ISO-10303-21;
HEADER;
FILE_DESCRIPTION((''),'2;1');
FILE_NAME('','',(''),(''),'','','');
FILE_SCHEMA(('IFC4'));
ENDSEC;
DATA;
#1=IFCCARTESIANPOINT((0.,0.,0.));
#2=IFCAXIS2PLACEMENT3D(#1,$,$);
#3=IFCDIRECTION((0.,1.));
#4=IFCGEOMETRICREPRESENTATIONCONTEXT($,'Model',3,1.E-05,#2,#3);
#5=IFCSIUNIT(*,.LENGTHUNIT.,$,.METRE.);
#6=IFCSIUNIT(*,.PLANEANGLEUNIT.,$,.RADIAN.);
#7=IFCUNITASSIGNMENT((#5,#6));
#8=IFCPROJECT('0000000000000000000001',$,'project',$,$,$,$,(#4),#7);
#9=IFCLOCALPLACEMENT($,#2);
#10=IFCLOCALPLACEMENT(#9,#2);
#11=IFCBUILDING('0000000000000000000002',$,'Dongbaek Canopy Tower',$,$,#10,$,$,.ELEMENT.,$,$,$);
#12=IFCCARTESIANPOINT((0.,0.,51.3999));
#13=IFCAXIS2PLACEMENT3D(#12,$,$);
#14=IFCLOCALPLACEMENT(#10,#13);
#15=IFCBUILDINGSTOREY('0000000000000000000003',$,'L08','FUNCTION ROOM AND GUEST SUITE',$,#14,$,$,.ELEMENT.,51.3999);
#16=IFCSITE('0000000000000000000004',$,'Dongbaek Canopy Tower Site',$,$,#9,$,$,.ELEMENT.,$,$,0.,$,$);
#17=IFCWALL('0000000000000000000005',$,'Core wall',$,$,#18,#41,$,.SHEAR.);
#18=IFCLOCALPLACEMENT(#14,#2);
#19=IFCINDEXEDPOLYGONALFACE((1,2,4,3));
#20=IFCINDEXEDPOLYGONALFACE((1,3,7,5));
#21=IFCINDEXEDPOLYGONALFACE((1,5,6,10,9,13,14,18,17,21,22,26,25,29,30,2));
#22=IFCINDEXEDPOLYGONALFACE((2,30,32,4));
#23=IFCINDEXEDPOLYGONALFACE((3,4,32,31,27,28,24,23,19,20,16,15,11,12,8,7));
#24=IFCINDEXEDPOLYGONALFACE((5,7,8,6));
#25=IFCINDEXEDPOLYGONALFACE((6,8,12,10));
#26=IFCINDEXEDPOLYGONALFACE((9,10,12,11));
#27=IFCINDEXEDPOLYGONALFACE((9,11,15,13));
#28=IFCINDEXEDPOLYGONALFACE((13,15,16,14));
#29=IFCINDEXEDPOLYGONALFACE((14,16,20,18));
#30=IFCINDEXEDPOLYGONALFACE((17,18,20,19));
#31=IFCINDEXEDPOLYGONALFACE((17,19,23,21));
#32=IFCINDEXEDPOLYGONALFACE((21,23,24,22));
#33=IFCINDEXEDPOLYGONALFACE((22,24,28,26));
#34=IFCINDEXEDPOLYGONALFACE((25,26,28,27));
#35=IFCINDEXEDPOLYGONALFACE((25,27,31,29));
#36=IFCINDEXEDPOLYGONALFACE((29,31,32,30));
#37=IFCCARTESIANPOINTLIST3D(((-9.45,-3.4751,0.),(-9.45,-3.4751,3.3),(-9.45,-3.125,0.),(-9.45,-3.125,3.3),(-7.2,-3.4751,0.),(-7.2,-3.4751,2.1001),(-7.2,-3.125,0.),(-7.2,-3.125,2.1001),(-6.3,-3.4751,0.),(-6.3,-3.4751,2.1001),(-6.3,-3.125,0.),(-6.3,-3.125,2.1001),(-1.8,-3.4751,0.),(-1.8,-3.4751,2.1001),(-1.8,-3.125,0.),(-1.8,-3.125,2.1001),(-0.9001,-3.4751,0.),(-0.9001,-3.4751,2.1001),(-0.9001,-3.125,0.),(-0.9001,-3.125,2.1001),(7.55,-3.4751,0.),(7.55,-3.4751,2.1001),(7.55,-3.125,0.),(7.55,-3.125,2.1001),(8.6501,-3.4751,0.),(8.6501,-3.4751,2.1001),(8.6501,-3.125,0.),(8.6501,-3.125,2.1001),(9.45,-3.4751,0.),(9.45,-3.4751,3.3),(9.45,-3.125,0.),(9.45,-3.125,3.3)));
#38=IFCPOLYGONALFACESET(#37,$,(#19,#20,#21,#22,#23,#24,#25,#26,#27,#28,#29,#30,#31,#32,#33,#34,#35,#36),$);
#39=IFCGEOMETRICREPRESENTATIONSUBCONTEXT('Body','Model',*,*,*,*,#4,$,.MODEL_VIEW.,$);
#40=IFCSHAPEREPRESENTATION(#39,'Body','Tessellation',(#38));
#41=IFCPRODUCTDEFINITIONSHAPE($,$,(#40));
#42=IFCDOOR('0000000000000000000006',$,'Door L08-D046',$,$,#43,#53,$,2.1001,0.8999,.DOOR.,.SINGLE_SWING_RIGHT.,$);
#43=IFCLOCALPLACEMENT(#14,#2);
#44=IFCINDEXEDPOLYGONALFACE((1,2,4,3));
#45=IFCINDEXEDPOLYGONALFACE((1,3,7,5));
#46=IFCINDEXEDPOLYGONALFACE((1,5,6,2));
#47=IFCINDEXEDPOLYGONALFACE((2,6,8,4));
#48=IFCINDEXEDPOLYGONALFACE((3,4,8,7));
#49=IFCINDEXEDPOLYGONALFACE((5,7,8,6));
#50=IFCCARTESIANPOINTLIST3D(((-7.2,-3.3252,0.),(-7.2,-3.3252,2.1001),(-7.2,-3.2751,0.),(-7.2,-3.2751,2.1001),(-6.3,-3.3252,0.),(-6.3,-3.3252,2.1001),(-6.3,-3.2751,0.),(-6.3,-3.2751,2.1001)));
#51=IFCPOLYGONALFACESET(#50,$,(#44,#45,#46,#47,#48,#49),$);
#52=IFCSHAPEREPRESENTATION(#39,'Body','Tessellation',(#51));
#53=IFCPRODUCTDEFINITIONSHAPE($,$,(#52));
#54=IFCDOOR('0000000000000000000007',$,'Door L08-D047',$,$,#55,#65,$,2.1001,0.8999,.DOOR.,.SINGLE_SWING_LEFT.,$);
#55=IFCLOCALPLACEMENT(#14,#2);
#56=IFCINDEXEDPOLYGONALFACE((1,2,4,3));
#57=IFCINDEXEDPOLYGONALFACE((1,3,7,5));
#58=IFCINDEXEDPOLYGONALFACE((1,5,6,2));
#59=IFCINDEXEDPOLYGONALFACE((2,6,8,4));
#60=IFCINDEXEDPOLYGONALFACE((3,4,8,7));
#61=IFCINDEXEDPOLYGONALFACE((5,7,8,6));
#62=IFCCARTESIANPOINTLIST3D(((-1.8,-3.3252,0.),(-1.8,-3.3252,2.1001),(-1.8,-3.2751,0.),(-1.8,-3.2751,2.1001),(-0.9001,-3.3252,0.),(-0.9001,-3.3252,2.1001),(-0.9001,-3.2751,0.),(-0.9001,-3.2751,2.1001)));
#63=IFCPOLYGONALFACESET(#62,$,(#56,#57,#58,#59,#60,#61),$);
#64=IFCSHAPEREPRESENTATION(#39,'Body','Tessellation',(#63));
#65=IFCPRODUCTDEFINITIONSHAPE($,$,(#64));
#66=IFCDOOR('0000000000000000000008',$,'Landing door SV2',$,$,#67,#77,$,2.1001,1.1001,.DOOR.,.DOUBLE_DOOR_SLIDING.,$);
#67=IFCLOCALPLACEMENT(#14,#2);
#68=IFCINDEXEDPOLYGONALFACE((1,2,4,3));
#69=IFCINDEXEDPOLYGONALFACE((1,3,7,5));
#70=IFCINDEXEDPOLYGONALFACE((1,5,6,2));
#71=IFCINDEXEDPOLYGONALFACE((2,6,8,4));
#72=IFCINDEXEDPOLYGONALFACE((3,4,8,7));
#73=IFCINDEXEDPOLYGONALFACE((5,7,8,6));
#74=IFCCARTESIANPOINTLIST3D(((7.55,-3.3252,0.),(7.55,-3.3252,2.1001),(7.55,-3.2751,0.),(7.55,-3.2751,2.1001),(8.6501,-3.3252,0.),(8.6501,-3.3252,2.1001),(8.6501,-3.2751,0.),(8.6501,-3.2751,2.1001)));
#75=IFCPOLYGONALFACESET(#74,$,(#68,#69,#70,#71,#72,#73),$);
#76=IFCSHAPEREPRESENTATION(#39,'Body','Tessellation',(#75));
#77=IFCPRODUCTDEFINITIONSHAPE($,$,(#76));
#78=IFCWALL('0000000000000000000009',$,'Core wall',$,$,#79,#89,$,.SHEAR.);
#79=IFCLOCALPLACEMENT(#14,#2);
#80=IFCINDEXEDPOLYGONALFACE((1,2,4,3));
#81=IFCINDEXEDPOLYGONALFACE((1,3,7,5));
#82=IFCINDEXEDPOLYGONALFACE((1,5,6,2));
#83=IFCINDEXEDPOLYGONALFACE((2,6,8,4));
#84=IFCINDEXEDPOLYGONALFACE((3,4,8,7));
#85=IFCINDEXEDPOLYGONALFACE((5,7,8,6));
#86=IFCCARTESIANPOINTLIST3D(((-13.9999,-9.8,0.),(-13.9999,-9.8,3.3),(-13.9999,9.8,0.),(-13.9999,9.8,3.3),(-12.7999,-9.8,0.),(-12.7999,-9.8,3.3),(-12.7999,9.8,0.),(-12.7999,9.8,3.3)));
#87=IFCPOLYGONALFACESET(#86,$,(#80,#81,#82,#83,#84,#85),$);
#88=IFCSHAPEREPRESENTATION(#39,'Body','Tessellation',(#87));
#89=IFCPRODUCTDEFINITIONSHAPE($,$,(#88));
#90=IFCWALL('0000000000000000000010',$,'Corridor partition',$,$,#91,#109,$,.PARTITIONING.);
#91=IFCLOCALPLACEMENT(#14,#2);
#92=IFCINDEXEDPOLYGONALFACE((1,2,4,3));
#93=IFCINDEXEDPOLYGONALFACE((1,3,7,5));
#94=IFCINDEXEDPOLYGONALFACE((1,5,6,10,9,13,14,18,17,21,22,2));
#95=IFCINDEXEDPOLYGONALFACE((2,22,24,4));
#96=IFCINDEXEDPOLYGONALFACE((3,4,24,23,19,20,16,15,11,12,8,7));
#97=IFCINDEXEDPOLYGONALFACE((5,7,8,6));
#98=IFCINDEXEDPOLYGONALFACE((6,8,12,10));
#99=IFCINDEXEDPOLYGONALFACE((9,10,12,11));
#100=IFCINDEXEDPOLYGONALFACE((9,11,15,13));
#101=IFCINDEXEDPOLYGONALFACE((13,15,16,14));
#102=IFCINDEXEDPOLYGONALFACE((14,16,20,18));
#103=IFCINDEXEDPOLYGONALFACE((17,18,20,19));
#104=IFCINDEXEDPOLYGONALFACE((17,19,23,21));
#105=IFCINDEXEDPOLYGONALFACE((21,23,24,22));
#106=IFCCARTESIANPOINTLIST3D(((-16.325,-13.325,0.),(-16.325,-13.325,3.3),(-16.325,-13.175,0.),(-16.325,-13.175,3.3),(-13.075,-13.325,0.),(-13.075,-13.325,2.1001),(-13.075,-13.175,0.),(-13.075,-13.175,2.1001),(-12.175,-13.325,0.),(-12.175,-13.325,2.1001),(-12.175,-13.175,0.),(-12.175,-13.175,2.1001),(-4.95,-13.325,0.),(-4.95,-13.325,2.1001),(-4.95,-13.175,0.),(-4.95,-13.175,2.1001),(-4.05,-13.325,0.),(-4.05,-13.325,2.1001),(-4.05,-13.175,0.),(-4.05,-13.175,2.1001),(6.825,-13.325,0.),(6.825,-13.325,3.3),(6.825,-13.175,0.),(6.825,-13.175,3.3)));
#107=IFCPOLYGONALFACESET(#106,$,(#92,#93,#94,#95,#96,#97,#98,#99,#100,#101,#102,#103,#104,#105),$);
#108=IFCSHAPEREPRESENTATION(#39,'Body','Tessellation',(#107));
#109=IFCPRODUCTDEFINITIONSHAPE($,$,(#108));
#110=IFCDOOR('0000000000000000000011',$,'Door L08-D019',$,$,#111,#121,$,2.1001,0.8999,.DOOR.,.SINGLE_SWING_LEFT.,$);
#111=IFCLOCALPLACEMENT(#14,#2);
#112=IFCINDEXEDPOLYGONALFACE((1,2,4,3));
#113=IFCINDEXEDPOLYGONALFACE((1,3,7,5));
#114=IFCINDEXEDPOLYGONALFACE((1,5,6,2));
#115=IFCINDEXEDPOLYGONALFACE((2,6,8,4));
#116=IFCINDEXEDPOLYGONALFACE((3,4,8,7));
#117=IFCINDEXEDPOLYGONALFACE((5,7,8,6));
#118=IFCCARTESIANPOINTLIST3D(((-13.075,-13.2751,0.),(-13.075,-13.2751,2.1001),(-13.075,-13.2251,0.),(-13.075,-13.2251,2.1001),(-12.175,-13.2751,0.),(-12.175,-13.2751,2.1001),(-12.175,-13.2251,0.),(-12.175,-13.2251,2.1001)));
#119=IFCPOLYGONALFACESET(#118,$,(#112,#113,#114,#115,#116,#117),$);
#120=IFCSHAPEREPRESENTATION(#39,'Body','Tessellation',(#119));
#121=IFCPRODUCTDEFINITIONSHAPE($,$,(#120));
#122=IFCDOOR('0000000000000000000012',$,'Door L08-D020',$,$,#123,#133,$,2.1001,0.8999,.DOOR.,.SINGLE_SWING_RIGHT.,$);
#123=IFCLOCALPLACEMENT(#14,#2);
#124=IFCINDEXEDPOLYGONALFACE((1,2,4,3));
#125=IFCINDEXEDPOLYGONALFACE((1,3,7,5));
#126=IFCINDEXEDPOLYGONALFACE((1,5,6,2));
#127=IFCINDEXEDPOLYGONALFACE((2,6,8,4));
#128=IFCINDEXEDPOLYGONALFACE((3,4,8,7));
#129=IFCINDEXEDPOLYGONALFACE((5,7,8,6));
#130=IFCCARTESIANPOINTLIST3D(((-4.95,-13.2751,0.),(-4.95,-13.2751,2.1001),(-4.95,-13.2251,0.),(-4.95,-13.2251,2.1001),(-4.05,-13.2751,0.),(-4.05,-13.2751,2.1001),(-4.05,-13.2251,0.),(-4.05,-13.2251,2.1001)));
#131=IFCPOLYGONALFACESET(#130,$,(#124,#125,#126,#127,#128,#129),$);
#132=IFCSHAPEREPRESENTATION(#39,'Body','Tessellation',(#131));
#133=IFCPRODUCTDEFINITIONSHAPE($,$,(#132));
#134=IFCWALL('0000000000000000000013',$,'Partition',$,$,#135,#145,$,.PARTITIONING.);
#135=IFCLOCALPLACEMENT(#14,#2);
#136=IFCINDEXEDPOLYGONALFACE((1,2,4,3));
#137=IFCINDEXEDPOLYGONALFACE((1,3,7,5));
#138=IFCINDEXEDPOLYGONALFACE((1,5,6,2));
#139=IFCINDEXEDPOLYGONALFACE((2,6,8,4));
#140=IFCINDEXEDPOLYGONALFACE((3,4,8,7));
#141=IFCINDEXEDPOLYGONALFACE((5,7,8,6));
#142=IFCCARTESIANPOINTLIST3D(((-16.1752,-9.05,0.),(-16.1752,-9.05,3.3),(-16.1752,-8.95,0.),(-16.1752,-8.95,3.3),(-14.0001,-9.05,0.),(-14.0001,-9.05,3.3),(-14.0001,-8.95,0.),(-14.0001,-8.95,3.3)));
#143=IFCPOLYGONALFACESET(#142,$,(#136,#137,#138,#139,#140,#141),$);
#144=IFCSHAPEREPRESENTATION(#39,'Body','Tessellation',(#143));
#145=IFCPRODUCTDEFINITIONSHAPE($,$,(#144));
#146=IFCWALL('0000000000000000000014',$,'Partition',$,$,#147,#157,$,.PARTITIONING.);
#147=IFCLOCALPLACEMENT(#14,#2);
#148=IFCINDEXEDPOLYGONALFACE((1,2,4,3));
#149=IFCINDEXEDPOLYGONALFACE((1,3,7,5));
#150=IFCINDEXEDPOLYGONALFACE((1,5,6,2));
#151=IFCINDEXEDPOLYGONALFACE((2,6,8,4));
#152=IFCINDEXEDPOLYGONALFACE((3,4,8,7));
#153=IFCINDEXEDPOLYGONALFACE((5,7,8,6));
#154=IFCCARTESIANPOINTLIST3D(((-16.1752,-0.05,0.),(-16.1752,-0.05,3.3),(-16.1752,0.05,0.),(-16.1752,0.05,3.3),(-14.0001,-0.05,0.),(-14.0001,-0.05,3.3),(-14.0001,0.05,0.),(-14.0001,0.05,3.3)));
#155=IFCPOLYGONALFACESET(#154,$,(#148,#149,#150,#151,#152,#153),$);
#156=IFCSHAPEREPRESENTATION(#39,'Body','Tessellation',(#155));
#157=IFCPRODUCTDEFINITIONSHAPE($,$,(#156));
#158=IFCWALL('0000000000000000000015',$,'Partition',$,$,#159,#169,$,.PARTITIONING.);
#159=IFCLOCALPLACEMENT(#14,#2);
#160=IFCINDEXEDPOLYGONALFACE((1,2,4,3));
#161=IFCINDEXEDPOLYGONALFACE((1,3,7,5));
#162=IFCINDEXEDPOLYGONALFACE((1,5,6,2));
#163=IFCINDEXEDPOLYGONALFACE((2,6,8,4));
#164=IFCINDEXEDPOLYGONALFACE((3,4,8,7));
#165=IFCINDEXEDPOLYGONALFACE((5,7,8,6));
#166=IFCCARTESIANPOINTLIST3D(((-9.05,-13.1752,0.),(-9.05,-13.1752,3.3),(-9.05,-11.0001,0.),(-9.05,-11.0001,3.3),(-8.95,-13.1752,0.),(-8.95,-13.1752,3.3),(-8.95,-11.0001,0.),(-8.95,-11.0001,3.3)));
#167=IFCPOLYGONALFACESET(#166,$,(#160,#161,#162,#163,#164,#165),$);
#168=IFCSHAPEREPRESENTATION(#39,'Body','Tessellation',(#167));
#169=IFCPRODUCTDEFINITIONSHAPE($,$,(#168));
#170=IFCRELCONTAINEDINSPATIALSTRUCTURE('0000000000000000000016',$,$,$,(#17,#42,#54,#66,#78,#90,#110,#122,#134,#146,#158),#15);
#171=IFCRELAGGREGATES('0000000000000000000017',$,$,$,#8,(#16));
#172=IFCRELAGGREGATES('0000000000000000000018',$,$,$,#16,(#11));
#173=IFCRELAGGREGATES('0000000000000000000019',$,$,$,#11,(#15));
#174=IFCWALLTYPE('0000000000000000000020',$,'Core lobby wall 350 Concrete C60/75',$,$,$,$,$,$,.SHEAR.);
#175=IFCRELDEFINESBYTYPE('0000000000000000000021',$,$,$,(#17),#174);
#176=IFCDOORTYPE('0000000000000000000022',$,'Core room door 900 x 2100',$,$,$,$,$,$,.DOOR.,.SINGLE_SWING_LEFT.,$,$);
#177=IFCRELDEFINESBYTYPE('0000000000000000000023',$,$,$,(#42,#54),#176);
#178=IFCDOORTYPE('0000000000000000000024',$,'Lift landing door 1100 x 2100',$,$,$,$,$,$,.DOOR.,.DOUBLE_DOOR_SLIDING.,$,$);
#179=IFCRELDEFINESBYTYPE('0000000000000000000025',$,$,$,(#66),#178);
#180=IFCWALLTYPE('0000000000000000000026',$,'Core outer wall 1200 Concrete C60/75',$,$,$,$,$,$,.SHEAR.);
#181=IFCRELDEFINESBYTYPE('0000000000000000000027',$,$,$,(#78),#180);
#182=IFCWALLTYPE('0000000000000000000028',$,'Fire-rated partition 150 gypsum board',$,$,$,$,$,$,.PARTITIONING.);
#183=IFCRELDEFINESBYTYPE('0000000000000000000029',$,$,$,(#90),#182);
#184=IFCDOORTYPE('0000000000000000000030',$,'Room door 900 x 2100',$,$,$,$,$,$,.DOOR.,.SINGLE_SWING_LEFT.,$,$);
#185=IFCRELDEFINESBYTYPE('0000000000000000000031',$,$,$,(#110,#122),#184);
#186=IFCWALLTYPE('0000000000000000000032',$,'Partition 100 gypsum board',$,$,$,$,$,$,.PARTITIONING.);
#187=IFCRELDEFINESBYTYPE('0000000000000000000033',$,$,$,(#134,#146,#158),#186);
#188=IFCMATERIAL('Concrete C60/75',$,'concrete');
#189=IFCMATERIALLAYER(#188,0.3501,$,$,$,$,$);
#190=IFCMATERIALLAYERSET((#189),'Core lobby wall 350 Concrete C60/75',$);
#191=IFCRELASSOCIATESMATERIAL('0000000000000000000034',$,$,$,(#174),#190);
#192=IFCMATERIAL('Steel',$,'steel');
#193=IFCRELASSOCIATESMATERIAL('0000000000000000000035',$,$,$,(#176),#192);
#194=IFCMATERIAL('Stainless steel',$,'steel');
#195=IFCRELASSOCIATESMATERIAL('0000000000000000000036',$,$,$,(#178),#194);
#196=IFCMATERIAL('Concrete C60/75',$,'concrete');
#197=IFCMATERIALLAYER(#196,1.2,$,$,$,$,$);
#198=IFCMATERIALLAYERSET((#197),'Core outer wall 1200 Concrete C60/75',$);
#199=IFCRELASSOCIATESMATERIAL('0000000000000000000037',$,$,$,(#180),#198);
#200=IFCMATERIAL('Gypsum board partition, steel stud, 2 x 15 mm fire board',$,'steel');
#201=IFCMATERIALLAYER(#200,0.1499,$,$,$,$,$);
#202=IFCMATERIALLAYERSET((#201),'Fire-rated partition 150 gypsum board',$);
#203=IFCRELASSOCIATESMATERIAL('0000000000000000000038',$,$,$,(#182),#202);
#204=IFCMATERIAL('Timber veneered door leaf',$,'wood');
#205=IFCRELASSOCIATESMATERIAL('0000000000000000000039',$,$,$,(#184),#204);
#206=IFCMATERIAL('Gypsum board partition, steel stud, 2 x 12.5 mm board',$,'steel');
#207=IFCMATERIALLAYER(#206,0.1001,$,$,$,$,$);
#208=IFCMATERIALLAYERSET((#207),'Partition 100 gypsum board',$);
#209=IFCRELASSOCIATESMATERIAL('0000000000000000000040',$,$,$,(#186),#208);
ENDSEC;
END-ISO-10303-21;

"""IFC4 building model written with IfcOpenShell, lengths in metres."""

from ifc_helpers import new_model, si_unit, direction, frame, frame_2d, origin, place, context, subcontext, project, spatial, rectangle, extrude, material, layer, layer_set, type_object, element, fill, save


model = new_model("IFC4")

# Units and contexts
model_context = context("Model", 3, precision=1e-05, world=origin(), true_north=direction((0.0, 1.0)))
body_context = subcontext(model_context, "Body", "Model", "MODEL_VIEW")
ifc_project = project(units=[si_unit("LENGTHUNIT", "METRE"), si_unit("PLANEANGLEUNIT", "RADIAN")], contexts=[model_context])

# Site, building, storey
site_placement = place(None, origin())
site = spatial("IfcSite", under=ifc_project, at=site_placement, Name="Dongbaek Canopy Tower Site", CompositionType="ELEMENT", RefElevation=0.0)
building_placement = place(site_placement, origin())
building = spatial("IfcBuilding", under=site, at=building_placement, Name="Dongbaek Canopy Tower", CompositionType="ELEMENT")
storey_placement = place(building_placement, frame((0.0, 0.0, 51.3999)))
storey = spatial("IfcBuildingStorey", under=building, at=storey_placement, Name="L08", Description="FUNCTION ROOM AND GUEST SUITE", CompositionType="ELEMENT", Elevation=51.3999)

# Wall, openings, doors
ifc_material_1 = material(Name="Concrete C60/75", Category="concrete")
ifc_layer_1 = layer(ifc_material_1, 0.3501)
ifc_layer_set_1 = layer_set([ifc_layer_1], Name="Core lobby wall 350 Concrete C60/75")
wall_type_1 = type_object("IfcWallType", Name="Core lobby wall 350 Concrete C60/75", PredefinedType="SHEAR", material=ifc_layer_set_1)
wall_1_placement = place(storey_placement, frame((-9.45, -3.3, 0.0), z_axis=(0.0, 0.0, 1.0), x_axis=(1.0, 0.0, 0.0)))
wall_1 = element("IfcWall", 1, at=wall_1_placement, inside=storey, type_object=wall_type_1, Name="Core wall", PredefinedType="SHEAR", context=body_context, shape_type="SweptSolid", body=[
    extrude(rectangle(XDim=18.8999, YDim=0.3501, at=frame_2d((9.45, 0.0))), origin(), (0.0, 0.0, 1.0), 3.3),
])
opening_1_placement = place(wall_1_placement, frame((17.0, 0.0, 0.0)))
opening_1 = element("IfcOpeningElement", 2, at=opening_1_placement, cuts=wall_1, PredefinedType="OPENING", context=body_context, shape_type="SweptSolid", body=[
    extrude(rectangle(XDim=1.1001, YDim=2.1001, at=frame_2d((0.55, 1.05))), frame((0.0, 0.1851, 0.0), z_axis=(0.0, -1.0, 0.0), x_axis=(1.0, 0.0, 0.0)), (0.0, 0.0, 1.0), 0.3701),
])
opening_2_placement = place(wall_1_placement, frame((2.25, 0.0, 0.0)))
opening_2 = element("IfcOpeningElement", 3, at=opening_2_placement, cuts=wall_1, PredefinedType="OPENING", context=body_context, shape_type="SweptSolid", body=[
    extrude(rectangle(XDim=0.8999, YDim=2.1001, at=frame_2d((0.45, 1.05))), frame((0.0, 0.1851, 0.0), z_axis=(0.0, -1.0, 0.0), x_axis=(1.0, 0.0, 0.0)), (0.0, 0.0, 1.0), 0.3701),
])
opening_3_placement = place(wall_1_placement, frame((7.6499, 0.0, 0.0)))
opening_3 = element("IfcOpeningElement", 4, at=opening_3_placement, cuts=wall_1, PredefinedType="OPENING", context=body_context, shape_type="SweptSolid", body=[
    extrude(rectangle(XDim=0.8999, YDim=2.1001, at=frame_2d((0.45, 1.05))), frame((0.0, 0.1851, 0.0), z_axis=(0.0, -1.0, 0.0), x_axis=(1.0, 0.0, 0.0)), (0.0, 0.0, 1.0), 0.3701),
])
ifc_material_2 = material(Name="Steel", Category="steel")
door_type_1 = type_object("IfcDoorType", Name="Core room door 900 x 2100", OperationType="SINGLE_SWING_LEFT", PredefinedType="DOOR", material=ifc_material_2)
door_1_placement = place(opening_2_placement, origin())
door_1 = element("IfcDoor", 5, at=door_1_placement, inside=storey, type_object=door_type_1, Name="Door L08-D046", OperationType="SINGLE_SWING_RIGHT", OverallHeight=2.1001, OverallWidth=0.8999, PredefinedType="DOOR", context=body_context, shape_type="SweptSolid", body=[
    extrude(rectangle(XDim=0.8999, YDim=2.1001, at=frame_2d((0.45, 1.05))), frame((0.0, 0.0249, 0.0), z_axis=(0.0, -1.0, 0.0), x_axis=(1.0, 0.0, 0.0)), (0.0, 0.0, 1.0), 0.05),
])
fill(opening_2, door_1)
door_2_placement = place(opening_3_placement, origin())
door_2 = element("IfcDoor", 6, at=door_2_placement, inside=storey, type_object=door_type_1, Name="Door L08-D047", OperationType="SINGLE_SWING_LEFT", OverallHeight=2.1001, OverallWidth=0.8999, PredefinedType="DOOR", context=body_context, shape_type="SweptSolid", body=[
    extrude(rectangle(XDim=0.8999, YDim=2.1001, at=frame_2d((0.45, 1.05))), frame((0.0, 0.0249, 0.0), z_axis=(0.0, -1.0, 0.0), x_axis=(1.0, 0.0, 0.0)), (0.0, 0.0, 1.0), 0.05),
])
fill(opening_3, door_2)
ifc_material_3 = material(Name="Stainless steel", Category="steel")
door_type_2 = type_object("IfcDoorType", Name="Lift landing door 1100 x 2100", OperationType="DOUBLE_DOOR_SLIDING", PredefinedType="DOOR", material=ifc_material_3)
door_3_placement = place(opening_1_placement, origin())
door_3 = element("IfcDoor", 7, at=door_3_placement, inside=storey, type_object=door_type_2, Name="Landing door SV2", OperationType="DOUBLE_DOOR_SLIDING", OverallHeight=2.1001, OverallWidth=1.1001, PredefinedType="DOOR", context=body_context, shape_type="SweptSolid", body=[
    extrude(rectangle(XDim=1.1001, YDim=2.1001, at=frame_2d((0.55, 1.05))), frame((0.0, 0.0249, 0.0), z_axis=(0.0, -1.0, 0.0), x_axis=(1.0, 0.0, 0.0)), (0.0, 0.0, 1.0), 0.05),
])
fill(opening_1, door_3)

# Wall
ifc_material_4 = material(Name="Concrete C60/75", Category="concrete")
ifc_layer_2 = layer(ifc_material_4, 1.2)
ifc_layer_set_2 = layer_set([ifc_layer_2], Name="Core outer wall 1200 Concrete C60/75")
wall_type_2 = type_object("IfcWallType", Name="Core outer wall 1200 Concrete C60/75", PredefinedType="SHEAR", material=ifc_layer_set_2)
wall_2_placement = place(storey_placement, frame((-13.3999, -9.8, 0.0), z_axis=(0.0, 0.0, 1.0), x_axis=(0.0, 1.0, 0.0)))
element("IfcWall", 8, at=wall_2_placement, inside=storey, type_object=wall_type_2, Name="Core wall", PredefinedType="SHEAR", context=body_context, shape_type="SweptSolid", body=[
    extrude(rectangle(XDim=19.6001, YDim=1.2, at=frame_2d((9.8, 0.0))), origin(), (0.0, 0.0, 1.0), 3.3),
])

# Wall, openings, doors
ifc_material_5 = material(Name="Gypsum board partition, steel stud, 2 x 15 mm fire board", Category="steel")
ifc_layer_3 = layer(ifc_material_5, 0.1499)
ifc_layer_set_3 = layer_set([ifc_layer_3], Name="Fire-rated partition 150 gypsum board")
wall_type_3 = type_object("IfcWallType", Name="Fire-rated partition 150 gypsum board", PredefinedType="PARTITIONING", material=ifc_layer_set_3)
wall_3_placement = place(storey_placement, frame((-16.325, -13.25, 0.0), z_axis=(0.0, 0.0, 1.0), x_axis=(1.0, 0.0, 0.0)))
wall_3 = element("IfcWall", 9, at=wall_3_placement, inside=storey, type_object=wall_type_3, Name="Corridor partition", PredefinedType="PARTITIONING", context=body_context, shape_type="SweptSolid", body=[
    extrude(rectangle(XDim=23.1499, YDim=0.1499, at=frame_2d((11.575, 0.0))), origin(), (0.0, 0.0, 1.0), 3.3),
])
opening_4_placement = place(wall_3_placement, frame((3.25, 0.0, 0.0)))
opening_4 = element("IfcOpeningElement", 10, at=opening_4_placement, cuts=wall_3, PredefinedType="OPENING", context=body_context, shape_type="SweptSolid", body=[
    extrude(rectangle(XDim=0.8999, YDim=2.1001, at=frame_2d((0.45, 1.05))), frame((0.0, 0.085, 0.0), z_axis=(0.0, -1.0, 0.0), x_axis=(1.0, 0.0, 0.0)), (0.0, 0.0, 1.0), 0.1699),
])
opening_5_placement = place(wall_3_placement, frame((11.375, 0.0, 0.0)))
opening_5 = element("IfcOpeningElement", 11, at=opening_5_placement, cuts=wall_3, PredefinedType="OPENING", context=body_context, shape_type="SweptSolid", body=[
    extrude(rectangle(XDim=0.8999, YDim=2.1001, at=frame_2d((0.45, 1.05))), frame((0.0, 0.085, 0.0), z_axis=(0.0, -1.0, 0.0), x_axis=(1.0, 0.0, 0.0)), (0.0, 0.0, 1.0), 0.1699),
])
ifc_material_6 = material(Name="Timber veneered door leaf", Category="wood")
door_type_3 = type_object("IfcDoorType", Name="Room door 900 x 2100", OperationType="SINGLE_SWING_LEFT", PredefinedType="DOOR", material=ifc_material_6)
door_4_placement = place(opening_4_placement, origin())
door_4 = element("IfcDoor", 12, at=door_4_placement, inside=storey, type_object=door_type_3, Name="Door L08-D019", OperationType="SINGLE_SWING_LEFT", OverallHeight=2.1001, OverallWidth=0.8999, PredefinedType="DOOR", context=body_context, shape_type="SweptSolid", body=[
    extrude(rectangle(XDim=0.8999, YDim=2.1001, at=frame_2d((0.45, 1.05))), frame((0.0, 0.0249, 0.0), z_axis=(0.0, -1.0, 0.0), x_axis=(1.0, 0.0, 0.0)), (0.0, 0.0, 1.0), 0.05),
])
fill(opening_4, door_4)
door_5_placement = place(opening_5_placement, origin())
door_5 = element("IfcDoor", 13, at=door_5_placement, inside=storey, type_object=door_type_3, Name="Door L08-D020", OperationType="SINGLE_SWING_RIGHT", OverallHeight=2.1001, OverallWidth=0.8999, PredefinedType="DOOR", context=body_context, shape_type="SweptSolid", body=[
    extrude(rectangle(XDim=0.8999, YDim=2.1001, at=frame_2d((0.45, 1.05))), frame((0.0, 0.0249, 0.0), z_axis=(0.0, -1.0, 0.0), x_axis=(1.0, 0.0, 0.0)), (0.0, 0.0, 1.0), 0.05),
])
fill(opening_5, door_5)

# Walls
ifc_material_7 = material(Name="Gypsum board partition, steel stud, 2 x 12.5 mm board", Category="steel")
ifc_layer_4 = layer(ifc_material_7, 0.1001)
ifc_layer_set_4 = layer_set([ifc_layer_4], Name="Partition 100 gypsum board")
wall_type_4 = type_object("IfcWallType", Name="Partition 100 gypsum board", PredefinedType="PARTITIONING", material=ifc_layer_set_4)
for number, where, z_axis, x_axis, name in (
    (14, (-16.175, -9.0, 0.0), (0.0, 0.0, 1.0), (1.0, 0.0, 0.0), "Partition"),
    (15, (-16.175, 0.0, 0.0), (0.0, 0.0, 1.0), (1.0, 0.0, 0.0), "Partition"),
    (16, (-9.0, -13.175, 0.0), (0.0, 0.0, 1.0), (0.0, 1.0, 0.0), "Partition"),
):
    element("IfcWall", number, at=place(storey_placement, frame(where, z_axis=z_axis, x_axis=x_axis)), inside=storey, type_object=wall_type_4, Name=name, PredefinedType="PARTITIONING", context=body_context, shape_type="SweptSolid", body=[
        extrude(rectangle(XDim=2.175, YDim=0.1001, at=frame_2d((1.0874, 0.0))), origin(), (0.0, 0.0, 1.0), 3.3),
    ])

save(model, "model.ifc")
